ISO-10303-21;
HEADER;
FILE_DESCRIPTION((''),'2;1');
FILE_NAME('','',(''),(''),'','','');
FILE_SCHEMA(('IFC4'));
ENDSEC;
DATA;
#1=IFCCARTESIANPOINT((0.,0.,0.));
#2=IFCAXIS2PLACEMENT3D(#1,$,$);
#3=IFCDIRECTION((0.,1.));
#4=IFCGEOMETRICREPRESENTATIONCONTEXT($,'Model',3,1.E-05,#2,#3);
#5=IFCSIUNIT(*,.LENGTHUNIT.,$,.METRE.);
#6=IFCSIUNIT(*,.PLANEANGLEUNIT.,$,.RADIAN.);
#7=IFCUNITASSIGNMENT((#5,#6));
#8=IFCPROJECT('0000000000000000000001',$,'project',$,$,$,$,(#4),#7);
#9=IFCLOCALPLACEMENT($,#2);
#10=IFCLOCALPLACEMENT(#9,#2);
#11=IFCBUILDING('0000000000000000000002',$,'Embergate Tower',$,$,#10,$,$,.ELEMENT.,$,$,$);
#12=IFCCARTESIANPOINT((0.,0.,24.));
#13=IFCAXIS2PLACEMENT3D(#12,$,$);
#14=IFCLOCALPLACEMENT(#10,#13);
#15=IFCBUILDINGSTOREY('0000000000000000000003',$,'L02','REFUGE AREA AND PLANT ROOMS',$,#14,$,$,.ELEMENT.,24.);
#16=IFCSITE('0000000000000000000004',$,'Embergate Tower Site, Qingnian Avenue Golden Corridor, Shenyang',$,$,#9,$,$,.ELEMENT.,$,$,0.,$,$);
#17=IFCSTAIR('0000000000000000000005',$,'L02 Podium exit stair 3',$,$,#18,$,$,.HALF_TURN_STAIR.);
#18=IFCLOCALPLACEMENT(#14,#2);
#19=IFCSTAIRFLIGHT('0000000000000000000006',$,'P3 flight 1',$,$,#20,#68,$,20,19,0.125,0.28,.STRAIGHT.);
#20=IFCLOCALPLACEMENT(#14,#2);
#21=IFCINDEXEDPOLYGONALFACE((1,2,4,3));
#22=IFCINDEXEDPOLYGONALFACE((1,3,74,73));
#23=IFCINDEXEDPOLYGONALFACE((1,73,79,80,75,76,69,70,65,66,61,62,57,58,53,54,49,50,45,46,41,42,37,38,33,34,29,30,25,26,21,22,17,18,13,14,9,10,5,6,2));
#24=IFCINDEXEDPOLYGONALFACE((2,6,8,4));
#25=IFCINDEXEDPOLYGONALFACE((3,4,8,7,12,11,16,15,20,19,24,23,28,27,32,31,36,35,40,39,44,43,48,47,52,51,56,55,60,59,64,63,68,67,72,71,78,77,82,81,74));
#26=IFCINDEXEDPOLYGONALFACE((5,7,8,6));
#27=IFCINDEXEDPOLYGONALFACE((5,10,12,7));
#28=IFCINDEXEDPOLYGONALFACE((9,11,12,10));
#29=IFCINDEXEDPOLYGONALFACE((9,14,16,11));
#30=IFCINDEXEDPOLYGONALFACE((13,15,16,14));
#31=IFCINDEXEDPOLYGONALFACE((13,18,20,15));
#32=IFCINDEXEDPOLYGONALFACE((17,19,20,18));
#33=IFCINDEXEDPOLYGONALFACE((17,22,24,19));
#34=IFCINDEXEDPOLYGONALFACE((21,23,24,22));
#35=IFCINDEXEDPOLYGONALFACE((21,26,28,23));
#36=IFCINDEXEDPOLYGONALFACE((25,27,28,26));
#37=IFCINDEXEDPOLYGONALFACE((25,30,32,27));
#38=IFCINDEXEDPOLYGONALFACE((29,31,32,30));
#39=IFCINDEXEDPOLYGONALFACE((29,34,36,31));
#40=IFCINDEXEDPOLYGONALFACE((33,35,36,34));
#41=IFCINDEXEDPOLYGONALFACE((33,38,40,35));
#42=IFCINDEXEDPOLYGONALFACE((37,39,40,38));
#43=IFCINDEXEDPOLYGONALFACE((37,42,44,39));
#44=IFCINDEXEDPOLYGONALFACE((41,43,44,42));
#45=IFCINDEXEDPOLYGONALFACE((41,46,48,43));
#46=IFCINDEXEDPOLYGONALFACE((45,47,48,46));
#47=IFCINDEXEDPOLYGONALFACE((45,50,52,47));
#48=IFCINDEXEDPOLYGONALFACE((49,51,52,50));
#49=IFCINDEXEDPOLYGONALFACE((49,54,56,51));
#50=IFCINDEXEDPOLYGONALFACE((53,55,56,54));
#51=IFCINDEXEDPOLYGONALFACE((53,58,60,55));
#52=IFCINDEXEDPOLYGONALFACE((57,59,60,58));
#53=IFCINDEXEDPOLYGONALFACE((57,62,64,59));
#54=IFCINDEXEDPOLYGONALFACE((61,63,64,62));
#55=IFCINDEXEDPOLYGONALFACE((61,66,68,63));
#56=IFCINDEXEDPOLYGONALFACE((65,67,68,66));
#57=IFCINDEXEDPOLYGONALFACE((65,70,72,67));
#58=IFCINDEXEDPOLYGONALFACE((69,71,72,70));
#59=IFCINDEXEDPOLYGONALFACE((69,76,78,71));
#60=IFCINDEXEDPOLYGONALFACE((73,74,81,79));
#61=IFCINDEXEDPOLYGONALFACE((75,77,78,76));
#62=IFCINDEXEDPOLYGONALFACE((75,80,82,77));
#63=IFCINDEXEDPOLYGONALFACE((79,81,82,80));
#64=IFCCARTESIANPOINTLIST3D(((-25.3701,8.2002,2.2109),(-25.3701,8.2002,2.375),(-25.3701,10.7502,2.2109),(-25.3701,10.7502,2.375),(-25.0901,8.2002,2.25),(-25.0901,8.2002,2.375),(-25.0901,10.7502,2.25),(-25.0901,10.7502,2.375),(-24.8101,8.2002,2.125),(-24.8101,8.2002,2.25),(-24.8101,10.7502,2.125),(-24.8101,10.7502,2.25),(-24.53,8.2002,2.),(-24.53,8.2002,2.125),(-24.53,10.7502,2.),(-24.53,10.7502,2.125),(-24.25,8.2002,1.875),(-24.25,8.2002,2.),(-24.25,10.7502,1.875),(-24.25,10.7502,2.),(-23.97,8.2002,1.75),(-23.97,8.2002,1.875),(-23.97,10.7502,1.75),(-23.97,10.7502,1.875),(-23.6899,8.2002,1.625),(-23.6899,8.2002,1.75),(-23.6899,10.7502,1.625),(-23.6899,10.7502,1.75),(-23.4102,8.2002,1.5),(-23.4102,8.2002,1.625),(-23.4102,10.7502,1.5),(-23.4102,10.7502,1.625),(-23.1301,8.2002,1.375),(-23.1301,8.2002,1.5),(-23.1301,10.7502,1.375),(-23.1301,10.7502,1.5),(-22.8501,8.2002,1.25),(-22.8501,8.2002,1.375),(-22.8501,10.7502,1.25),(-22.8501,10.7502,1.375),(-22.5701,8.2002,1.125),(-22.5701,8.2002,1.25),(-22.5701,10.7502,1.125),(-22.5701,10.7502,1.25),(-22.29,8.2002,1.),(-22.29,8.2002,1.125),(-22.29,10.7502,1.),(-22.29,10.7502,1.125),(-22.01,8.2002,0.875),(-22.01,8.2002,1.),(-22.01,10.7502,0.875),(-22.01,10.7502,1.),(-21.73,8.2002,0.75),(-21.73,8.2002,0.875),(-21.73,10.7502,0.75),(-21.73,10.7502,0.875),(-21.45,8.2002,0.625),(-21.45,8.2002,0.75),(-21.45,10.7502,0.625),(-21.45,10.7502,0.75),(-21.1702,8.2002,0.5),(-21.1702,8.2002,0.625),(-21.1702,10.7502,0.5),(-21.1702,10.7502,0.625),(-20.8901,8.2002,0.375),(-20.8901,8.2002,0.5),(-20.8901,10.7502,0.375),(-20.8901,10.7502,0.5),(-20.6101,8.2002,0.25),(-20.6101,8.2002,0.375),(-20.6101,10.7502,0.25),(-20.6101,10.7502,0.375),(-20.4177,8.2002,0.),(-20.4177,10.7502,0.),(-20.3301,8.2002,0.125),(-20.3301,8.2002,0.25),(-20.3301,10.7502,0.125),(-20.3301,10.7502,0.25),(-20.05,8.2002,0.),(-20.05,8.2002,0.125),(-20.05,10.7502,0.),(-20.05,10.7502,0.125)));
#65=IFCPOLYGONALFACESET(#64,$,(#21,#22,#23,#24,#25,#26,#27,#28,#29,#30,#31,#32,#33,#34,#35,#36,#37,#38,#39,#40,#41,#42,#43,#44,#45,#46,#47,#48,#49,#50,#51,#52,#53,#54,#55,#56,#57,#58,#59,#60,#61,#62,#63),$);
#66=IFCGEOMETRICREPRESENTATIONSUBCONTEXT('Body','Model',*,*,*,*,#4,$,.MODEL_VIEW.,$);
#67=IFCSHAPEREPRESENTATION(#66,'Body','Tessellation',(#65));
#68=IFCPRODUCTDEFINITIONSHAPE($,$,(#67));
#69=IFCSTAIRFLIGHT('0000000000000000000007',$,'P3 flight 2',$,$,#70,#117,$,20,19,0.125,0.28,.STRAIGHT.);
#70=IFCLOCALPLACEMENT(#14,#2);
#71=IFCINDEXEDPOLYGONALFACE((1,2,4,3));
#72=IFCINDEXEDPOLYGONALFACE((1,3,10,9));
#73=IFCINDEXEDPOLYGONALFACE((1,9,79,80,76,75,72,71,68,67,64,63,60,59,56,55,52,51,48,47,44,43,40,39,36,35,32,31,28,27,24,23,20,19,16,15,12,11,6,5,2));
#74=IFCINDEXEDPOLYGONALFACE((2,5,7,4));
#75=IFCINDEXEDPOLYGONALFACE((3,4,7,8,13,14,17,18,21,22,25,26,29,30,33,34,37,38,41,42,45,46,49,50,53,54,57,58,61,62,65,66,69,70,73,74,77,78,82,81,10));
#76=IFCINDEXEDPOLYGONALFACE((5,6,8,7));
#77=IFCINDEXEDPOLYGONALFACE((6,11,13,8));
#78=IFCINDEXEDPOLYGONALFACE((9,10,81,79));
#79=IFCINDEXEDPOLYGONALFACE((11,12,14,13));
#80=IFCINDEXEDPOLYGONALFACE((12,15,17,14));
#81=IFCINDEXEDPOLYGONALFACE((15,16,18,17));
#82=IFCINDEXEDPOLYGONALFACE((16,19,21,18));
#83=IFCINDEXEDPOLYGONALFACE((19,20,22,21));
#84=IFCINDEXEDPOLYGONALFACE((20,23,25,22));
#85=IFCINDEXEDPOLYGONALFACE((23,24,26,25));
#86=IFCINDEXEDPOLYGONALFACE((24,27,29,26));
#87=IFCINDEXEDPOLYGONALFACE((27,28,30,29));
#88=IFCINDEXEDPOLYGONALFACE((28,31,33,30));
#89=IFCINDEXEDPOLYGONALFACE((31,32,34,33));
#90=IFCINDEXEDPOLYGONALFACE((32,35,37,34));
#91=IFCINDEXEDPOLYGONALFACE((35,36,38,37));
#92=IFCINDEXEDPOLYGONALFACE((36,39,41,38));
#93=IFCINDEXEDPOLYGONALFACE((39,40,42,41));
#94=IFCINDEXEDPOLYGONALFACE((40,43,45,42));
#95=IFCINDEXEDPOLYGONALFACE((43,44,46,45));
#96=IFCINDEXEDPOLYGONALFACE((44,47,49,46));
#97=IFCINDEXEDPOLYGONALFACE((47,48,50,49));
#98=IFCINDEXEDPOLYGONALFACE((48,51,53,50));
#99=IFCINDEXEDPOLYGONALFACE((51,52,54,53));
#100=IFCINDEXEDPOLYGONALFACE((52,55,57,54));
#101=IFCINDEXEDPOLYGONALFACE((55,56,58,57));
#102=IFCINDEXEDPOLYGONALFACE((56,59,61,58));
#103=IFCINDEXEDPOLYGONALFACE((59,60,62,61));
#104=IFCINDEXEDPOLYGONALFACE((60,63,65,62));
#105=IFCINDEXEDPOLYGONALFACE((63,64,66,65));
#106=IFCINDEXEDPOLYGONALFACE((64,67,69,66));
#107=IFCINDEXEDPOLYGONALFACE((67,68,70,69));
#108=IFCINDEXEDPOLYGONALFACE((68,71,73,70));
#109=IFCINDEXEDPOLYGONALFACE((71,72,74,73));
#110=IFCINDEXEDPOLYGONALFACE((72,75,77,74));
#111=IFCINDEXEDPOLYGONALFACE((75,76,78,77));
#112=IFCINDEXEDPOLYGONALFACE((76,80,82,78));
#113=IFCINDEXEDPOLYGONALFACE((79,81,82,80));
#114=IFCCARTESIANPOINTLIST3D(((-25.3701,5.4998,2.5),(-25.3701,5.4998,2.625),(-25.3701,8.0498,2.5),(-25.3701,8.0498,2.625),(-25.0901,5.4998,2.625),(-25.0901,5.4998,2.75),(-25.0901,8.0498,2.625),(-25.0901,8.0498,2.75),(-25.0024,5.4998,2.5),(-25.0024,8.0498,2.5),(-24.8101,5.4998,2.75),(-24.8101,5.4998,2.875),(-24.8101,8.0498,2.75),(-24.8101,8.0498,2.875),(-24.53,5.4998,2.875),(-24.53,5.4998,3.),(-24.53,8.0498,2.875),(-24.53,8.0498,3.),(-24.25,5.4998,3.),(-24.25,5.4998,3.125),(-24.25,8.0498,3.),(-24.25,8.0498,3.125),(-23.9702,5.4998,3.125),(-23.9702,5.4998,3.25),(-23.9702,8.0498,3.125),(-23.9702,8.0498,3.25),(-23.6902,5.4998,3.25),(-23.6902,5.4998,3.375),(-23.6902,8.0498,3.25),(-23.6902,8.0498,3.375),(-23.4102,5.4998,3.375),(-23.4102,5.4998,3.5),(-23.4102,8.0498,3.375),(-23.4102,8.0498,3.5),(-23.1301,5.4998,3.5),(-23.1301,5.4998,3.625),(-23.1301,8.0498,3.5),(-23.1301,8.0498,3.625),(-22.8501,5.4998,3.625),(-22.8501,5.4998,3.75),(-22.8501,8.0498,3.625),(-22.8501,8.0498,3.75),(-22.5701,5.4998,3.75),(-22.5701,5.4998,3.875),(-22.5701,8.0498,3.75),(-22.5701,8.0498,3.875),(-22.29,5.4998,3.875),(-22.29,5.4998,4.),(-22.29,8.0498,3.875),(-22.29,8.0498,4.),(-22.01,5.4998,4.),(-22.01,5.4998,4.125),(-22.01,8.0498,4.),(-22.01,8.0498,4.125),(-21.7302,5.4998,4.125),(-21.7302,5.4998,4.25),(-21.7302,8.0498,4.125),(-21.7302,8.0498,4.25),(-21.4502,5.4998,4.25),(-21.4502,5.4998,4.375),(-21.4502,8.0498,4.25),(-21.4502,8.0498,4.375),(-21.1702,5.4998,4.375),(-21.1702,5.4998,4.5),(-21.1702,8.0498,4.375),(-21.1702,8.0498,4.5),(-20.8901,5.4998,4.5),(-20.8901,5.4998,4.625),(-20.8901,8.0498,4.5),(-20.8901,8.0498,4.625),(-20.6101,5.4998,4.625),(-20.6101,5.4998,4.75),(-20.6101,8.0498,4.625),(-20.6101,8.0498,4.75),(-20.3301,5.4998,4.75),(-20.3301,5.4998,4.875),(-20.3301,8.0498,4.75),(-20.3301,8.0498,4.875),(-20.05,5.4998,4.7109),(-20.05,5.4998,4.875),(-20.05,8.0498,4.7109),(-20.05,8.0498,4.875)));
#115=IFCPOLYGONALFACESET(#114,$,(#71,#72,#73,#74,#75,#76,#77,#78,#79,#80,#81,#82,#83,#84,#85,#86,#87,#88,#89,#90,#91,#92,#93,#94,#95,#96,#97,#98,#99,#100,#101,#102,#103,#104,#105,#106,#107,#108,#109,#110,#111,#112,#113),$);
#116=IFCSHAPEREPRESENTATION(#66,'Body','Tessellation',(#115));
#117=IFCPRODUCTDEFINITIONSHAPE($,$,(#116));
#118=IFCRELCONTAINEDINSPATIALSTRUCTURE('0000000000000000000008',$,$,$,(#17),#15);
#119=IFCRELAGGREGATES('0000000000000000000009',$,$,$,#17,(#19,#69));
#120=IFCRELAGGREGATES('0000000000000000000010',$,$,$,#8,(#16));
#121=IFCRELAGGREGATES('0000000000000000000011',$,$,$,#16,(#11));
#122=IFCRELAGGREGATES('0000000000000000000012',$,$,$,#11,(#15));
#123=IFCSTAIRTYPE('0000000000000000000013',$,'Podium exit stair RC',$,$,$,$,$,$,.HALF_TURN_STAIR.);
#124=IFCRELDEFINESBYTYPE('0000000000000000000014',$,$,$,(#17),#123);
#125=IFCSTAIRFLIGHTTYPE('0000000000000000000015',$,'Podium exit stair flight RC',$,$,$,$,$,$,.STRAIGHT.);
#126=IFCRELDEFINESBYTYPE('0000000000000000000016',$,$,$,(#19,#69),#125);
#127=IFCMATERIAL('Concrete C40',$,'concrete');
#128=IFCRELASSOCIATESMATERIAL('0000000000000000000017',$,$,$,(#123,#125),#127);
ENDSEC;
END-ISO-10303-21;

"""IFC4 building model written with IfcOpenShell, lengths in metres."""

from ifc_helpers import new_model, si_unit, direction, frame, origin, place, context, subcontext, project, spatial, polyline, outline, extrude, source, transform, mapped, material, type_object, element, aggregate, save


model = new_model("IFC4")

# Units and contexts
model_context = context("Model", 3, precision=1e-05, world=origin(), true_north=direction((0.0, 1.0)))
body_context = subcontext(model_context, "Body", "Model", "MODEL_VIEW")
ifc_project = project(units=[si_unit("LENGTHUNIT", "METRE"), si_unit("PLANEANGLEUNIT", "RADIAN")], contexts=[model_context])

# Site, building, storey
site_placement = place(None, origin())
site = spatial("IfcSite", under=ifc_project, at=site_placement, Name="Embergate Tower Site, Qingnian Avenue Golden Corridor, Shenyang", CompositionType="ELEMENT", RefElevation=0.0)
building_placement = place(site_placement, origin())
building = spatial("IfcBuilding", under=site, at=building_placement, Name="Embergate Tower", CompositionType="ELEMENT")
storey_placement = place(building_placement, frame((0.0, 0.0, 24.0)))
storey = spatial("IfcBuildingStorey", under=building, at=storey_placement, Name="L02", Description="REFUGE AREA AND PLANT ROOMS", CompositionType="ELEMENT", Elevation=24.0)

# Stair
ifc_material_1 = material(Name="Concrete C40", Category="concrete")
stair_type = type_object("IfcStairType", Name="Podium exit stair RC", PredefinedType="HALF_TURN_STAIR", material=ifc_material_1)
stair_placement = place(storey_placement, origin())
stair = element("IfcStair", 1, at=stair_placement, inside=storey, type_object=stair_type, Name="L02 Podium exit stair 3", PredefinedType="HALF_TURN_STAIR")

# Stair flights
stair_flight_type = type_object("IfcStairFlightType", Name="Podium exit stair flight RC", PredefinedType="STRAIGHT", material=ifc_material_1)
shared_shape_1 = source(origin(), body_context, "Body", "SweptSolid", [
    extrude(outline(polyline([(0.0, 0.0), (0.0, 0.125), (0.28, 0.125), (0.28, 0.25), (0.5601, 0.25), (0.5601, 0.375), (0.8401, 0.375), (0.8401, 0.5), (1.1201, 0.5), (1.1201, 0.625), (1.3999, 0.625), (1.3999, 0.75), (1.6799, 0.75), (1.6799, 0.875), (1.96, 0.875), (1.96, 1.0), (2.24, 1.0), (2.24, 1.125), (2.52, 1.125), (2.52, 1.25), (2.8, 1.25), (2.8, 1.375), (3.0801, 1.375), (3.0801, 1.5), (3.3601, 1.5), (3.3601, 1.625), (3.6399, 1.625), (3.6399, 1.75), (3.9199, 1.75), (3.9199, 1.875), (4.2, 1.875), (4.2, 2.0), (4.48, 2.0), (4.48, 2.125), (4.76, 2.125), (4.76, 2.25), (5.04, 2.25), (5.04, 2.375), (5.3201, 2.375), (5.3201, 2.5), (5.3201, 2.2109), (0.3677, 0.0), (0.0, 0.0)])), frame((0.0, 1.2749, 0.0), z_axis=(0.0, -1.0, 0.0), x_axis=(1.0, 0.0, 0.0)), (0.0, 0.0, 1.0), 2.55),
])
stair_flight_1_placement = place(storey_placement, frame((-20.05, 9.4751, 0.0), z_axis=(0.0, 0.0, 1.0), x_axis=(-1.0, 0.0, 0.0)))
stair_flight_1 = element("IfcStairFlight", 2, at=stair_flight_1_placement, type_object=stair_flight_type, Name="P3 flight 1", NumberOfRisers=20, NumberOfTreads=19, PredefinedType="STRAIGHT", RiserHeight=0.125, TreadLength=0.28, context=body_context, shape_type="MappedRepresentation", body=[
    mapped(shared_shape_1, transform((0.0, 0.0, 0.0))),
])
stair_flight_2_placement = place(storey_placement, frame((-25.3701, 6.7749, 2.5), z_axis=(0.0, 0.0, 1.0), x_axis=(1.0, 0.0, 0.0)))
stair_flight_2 = element("IfcStairFlight", 3, at=stair_flight_2_placement, type_object=stair_flight_type, Name="P3 flight 2", NumberOfRisers=20, NumberOfTreads=19, PredefinedType="STRAIGHT", RiserHeight=0.125, TreadLength=0.28, context=body_context, shape_type="MappedRepresentation", body=[
    mapped(shared_shape_1, transform((0.0, 0.0, 0.0))),
])
aggregate(stair, [stair_flight_1, stair_flight_2])

save(model, "model.ifc")
